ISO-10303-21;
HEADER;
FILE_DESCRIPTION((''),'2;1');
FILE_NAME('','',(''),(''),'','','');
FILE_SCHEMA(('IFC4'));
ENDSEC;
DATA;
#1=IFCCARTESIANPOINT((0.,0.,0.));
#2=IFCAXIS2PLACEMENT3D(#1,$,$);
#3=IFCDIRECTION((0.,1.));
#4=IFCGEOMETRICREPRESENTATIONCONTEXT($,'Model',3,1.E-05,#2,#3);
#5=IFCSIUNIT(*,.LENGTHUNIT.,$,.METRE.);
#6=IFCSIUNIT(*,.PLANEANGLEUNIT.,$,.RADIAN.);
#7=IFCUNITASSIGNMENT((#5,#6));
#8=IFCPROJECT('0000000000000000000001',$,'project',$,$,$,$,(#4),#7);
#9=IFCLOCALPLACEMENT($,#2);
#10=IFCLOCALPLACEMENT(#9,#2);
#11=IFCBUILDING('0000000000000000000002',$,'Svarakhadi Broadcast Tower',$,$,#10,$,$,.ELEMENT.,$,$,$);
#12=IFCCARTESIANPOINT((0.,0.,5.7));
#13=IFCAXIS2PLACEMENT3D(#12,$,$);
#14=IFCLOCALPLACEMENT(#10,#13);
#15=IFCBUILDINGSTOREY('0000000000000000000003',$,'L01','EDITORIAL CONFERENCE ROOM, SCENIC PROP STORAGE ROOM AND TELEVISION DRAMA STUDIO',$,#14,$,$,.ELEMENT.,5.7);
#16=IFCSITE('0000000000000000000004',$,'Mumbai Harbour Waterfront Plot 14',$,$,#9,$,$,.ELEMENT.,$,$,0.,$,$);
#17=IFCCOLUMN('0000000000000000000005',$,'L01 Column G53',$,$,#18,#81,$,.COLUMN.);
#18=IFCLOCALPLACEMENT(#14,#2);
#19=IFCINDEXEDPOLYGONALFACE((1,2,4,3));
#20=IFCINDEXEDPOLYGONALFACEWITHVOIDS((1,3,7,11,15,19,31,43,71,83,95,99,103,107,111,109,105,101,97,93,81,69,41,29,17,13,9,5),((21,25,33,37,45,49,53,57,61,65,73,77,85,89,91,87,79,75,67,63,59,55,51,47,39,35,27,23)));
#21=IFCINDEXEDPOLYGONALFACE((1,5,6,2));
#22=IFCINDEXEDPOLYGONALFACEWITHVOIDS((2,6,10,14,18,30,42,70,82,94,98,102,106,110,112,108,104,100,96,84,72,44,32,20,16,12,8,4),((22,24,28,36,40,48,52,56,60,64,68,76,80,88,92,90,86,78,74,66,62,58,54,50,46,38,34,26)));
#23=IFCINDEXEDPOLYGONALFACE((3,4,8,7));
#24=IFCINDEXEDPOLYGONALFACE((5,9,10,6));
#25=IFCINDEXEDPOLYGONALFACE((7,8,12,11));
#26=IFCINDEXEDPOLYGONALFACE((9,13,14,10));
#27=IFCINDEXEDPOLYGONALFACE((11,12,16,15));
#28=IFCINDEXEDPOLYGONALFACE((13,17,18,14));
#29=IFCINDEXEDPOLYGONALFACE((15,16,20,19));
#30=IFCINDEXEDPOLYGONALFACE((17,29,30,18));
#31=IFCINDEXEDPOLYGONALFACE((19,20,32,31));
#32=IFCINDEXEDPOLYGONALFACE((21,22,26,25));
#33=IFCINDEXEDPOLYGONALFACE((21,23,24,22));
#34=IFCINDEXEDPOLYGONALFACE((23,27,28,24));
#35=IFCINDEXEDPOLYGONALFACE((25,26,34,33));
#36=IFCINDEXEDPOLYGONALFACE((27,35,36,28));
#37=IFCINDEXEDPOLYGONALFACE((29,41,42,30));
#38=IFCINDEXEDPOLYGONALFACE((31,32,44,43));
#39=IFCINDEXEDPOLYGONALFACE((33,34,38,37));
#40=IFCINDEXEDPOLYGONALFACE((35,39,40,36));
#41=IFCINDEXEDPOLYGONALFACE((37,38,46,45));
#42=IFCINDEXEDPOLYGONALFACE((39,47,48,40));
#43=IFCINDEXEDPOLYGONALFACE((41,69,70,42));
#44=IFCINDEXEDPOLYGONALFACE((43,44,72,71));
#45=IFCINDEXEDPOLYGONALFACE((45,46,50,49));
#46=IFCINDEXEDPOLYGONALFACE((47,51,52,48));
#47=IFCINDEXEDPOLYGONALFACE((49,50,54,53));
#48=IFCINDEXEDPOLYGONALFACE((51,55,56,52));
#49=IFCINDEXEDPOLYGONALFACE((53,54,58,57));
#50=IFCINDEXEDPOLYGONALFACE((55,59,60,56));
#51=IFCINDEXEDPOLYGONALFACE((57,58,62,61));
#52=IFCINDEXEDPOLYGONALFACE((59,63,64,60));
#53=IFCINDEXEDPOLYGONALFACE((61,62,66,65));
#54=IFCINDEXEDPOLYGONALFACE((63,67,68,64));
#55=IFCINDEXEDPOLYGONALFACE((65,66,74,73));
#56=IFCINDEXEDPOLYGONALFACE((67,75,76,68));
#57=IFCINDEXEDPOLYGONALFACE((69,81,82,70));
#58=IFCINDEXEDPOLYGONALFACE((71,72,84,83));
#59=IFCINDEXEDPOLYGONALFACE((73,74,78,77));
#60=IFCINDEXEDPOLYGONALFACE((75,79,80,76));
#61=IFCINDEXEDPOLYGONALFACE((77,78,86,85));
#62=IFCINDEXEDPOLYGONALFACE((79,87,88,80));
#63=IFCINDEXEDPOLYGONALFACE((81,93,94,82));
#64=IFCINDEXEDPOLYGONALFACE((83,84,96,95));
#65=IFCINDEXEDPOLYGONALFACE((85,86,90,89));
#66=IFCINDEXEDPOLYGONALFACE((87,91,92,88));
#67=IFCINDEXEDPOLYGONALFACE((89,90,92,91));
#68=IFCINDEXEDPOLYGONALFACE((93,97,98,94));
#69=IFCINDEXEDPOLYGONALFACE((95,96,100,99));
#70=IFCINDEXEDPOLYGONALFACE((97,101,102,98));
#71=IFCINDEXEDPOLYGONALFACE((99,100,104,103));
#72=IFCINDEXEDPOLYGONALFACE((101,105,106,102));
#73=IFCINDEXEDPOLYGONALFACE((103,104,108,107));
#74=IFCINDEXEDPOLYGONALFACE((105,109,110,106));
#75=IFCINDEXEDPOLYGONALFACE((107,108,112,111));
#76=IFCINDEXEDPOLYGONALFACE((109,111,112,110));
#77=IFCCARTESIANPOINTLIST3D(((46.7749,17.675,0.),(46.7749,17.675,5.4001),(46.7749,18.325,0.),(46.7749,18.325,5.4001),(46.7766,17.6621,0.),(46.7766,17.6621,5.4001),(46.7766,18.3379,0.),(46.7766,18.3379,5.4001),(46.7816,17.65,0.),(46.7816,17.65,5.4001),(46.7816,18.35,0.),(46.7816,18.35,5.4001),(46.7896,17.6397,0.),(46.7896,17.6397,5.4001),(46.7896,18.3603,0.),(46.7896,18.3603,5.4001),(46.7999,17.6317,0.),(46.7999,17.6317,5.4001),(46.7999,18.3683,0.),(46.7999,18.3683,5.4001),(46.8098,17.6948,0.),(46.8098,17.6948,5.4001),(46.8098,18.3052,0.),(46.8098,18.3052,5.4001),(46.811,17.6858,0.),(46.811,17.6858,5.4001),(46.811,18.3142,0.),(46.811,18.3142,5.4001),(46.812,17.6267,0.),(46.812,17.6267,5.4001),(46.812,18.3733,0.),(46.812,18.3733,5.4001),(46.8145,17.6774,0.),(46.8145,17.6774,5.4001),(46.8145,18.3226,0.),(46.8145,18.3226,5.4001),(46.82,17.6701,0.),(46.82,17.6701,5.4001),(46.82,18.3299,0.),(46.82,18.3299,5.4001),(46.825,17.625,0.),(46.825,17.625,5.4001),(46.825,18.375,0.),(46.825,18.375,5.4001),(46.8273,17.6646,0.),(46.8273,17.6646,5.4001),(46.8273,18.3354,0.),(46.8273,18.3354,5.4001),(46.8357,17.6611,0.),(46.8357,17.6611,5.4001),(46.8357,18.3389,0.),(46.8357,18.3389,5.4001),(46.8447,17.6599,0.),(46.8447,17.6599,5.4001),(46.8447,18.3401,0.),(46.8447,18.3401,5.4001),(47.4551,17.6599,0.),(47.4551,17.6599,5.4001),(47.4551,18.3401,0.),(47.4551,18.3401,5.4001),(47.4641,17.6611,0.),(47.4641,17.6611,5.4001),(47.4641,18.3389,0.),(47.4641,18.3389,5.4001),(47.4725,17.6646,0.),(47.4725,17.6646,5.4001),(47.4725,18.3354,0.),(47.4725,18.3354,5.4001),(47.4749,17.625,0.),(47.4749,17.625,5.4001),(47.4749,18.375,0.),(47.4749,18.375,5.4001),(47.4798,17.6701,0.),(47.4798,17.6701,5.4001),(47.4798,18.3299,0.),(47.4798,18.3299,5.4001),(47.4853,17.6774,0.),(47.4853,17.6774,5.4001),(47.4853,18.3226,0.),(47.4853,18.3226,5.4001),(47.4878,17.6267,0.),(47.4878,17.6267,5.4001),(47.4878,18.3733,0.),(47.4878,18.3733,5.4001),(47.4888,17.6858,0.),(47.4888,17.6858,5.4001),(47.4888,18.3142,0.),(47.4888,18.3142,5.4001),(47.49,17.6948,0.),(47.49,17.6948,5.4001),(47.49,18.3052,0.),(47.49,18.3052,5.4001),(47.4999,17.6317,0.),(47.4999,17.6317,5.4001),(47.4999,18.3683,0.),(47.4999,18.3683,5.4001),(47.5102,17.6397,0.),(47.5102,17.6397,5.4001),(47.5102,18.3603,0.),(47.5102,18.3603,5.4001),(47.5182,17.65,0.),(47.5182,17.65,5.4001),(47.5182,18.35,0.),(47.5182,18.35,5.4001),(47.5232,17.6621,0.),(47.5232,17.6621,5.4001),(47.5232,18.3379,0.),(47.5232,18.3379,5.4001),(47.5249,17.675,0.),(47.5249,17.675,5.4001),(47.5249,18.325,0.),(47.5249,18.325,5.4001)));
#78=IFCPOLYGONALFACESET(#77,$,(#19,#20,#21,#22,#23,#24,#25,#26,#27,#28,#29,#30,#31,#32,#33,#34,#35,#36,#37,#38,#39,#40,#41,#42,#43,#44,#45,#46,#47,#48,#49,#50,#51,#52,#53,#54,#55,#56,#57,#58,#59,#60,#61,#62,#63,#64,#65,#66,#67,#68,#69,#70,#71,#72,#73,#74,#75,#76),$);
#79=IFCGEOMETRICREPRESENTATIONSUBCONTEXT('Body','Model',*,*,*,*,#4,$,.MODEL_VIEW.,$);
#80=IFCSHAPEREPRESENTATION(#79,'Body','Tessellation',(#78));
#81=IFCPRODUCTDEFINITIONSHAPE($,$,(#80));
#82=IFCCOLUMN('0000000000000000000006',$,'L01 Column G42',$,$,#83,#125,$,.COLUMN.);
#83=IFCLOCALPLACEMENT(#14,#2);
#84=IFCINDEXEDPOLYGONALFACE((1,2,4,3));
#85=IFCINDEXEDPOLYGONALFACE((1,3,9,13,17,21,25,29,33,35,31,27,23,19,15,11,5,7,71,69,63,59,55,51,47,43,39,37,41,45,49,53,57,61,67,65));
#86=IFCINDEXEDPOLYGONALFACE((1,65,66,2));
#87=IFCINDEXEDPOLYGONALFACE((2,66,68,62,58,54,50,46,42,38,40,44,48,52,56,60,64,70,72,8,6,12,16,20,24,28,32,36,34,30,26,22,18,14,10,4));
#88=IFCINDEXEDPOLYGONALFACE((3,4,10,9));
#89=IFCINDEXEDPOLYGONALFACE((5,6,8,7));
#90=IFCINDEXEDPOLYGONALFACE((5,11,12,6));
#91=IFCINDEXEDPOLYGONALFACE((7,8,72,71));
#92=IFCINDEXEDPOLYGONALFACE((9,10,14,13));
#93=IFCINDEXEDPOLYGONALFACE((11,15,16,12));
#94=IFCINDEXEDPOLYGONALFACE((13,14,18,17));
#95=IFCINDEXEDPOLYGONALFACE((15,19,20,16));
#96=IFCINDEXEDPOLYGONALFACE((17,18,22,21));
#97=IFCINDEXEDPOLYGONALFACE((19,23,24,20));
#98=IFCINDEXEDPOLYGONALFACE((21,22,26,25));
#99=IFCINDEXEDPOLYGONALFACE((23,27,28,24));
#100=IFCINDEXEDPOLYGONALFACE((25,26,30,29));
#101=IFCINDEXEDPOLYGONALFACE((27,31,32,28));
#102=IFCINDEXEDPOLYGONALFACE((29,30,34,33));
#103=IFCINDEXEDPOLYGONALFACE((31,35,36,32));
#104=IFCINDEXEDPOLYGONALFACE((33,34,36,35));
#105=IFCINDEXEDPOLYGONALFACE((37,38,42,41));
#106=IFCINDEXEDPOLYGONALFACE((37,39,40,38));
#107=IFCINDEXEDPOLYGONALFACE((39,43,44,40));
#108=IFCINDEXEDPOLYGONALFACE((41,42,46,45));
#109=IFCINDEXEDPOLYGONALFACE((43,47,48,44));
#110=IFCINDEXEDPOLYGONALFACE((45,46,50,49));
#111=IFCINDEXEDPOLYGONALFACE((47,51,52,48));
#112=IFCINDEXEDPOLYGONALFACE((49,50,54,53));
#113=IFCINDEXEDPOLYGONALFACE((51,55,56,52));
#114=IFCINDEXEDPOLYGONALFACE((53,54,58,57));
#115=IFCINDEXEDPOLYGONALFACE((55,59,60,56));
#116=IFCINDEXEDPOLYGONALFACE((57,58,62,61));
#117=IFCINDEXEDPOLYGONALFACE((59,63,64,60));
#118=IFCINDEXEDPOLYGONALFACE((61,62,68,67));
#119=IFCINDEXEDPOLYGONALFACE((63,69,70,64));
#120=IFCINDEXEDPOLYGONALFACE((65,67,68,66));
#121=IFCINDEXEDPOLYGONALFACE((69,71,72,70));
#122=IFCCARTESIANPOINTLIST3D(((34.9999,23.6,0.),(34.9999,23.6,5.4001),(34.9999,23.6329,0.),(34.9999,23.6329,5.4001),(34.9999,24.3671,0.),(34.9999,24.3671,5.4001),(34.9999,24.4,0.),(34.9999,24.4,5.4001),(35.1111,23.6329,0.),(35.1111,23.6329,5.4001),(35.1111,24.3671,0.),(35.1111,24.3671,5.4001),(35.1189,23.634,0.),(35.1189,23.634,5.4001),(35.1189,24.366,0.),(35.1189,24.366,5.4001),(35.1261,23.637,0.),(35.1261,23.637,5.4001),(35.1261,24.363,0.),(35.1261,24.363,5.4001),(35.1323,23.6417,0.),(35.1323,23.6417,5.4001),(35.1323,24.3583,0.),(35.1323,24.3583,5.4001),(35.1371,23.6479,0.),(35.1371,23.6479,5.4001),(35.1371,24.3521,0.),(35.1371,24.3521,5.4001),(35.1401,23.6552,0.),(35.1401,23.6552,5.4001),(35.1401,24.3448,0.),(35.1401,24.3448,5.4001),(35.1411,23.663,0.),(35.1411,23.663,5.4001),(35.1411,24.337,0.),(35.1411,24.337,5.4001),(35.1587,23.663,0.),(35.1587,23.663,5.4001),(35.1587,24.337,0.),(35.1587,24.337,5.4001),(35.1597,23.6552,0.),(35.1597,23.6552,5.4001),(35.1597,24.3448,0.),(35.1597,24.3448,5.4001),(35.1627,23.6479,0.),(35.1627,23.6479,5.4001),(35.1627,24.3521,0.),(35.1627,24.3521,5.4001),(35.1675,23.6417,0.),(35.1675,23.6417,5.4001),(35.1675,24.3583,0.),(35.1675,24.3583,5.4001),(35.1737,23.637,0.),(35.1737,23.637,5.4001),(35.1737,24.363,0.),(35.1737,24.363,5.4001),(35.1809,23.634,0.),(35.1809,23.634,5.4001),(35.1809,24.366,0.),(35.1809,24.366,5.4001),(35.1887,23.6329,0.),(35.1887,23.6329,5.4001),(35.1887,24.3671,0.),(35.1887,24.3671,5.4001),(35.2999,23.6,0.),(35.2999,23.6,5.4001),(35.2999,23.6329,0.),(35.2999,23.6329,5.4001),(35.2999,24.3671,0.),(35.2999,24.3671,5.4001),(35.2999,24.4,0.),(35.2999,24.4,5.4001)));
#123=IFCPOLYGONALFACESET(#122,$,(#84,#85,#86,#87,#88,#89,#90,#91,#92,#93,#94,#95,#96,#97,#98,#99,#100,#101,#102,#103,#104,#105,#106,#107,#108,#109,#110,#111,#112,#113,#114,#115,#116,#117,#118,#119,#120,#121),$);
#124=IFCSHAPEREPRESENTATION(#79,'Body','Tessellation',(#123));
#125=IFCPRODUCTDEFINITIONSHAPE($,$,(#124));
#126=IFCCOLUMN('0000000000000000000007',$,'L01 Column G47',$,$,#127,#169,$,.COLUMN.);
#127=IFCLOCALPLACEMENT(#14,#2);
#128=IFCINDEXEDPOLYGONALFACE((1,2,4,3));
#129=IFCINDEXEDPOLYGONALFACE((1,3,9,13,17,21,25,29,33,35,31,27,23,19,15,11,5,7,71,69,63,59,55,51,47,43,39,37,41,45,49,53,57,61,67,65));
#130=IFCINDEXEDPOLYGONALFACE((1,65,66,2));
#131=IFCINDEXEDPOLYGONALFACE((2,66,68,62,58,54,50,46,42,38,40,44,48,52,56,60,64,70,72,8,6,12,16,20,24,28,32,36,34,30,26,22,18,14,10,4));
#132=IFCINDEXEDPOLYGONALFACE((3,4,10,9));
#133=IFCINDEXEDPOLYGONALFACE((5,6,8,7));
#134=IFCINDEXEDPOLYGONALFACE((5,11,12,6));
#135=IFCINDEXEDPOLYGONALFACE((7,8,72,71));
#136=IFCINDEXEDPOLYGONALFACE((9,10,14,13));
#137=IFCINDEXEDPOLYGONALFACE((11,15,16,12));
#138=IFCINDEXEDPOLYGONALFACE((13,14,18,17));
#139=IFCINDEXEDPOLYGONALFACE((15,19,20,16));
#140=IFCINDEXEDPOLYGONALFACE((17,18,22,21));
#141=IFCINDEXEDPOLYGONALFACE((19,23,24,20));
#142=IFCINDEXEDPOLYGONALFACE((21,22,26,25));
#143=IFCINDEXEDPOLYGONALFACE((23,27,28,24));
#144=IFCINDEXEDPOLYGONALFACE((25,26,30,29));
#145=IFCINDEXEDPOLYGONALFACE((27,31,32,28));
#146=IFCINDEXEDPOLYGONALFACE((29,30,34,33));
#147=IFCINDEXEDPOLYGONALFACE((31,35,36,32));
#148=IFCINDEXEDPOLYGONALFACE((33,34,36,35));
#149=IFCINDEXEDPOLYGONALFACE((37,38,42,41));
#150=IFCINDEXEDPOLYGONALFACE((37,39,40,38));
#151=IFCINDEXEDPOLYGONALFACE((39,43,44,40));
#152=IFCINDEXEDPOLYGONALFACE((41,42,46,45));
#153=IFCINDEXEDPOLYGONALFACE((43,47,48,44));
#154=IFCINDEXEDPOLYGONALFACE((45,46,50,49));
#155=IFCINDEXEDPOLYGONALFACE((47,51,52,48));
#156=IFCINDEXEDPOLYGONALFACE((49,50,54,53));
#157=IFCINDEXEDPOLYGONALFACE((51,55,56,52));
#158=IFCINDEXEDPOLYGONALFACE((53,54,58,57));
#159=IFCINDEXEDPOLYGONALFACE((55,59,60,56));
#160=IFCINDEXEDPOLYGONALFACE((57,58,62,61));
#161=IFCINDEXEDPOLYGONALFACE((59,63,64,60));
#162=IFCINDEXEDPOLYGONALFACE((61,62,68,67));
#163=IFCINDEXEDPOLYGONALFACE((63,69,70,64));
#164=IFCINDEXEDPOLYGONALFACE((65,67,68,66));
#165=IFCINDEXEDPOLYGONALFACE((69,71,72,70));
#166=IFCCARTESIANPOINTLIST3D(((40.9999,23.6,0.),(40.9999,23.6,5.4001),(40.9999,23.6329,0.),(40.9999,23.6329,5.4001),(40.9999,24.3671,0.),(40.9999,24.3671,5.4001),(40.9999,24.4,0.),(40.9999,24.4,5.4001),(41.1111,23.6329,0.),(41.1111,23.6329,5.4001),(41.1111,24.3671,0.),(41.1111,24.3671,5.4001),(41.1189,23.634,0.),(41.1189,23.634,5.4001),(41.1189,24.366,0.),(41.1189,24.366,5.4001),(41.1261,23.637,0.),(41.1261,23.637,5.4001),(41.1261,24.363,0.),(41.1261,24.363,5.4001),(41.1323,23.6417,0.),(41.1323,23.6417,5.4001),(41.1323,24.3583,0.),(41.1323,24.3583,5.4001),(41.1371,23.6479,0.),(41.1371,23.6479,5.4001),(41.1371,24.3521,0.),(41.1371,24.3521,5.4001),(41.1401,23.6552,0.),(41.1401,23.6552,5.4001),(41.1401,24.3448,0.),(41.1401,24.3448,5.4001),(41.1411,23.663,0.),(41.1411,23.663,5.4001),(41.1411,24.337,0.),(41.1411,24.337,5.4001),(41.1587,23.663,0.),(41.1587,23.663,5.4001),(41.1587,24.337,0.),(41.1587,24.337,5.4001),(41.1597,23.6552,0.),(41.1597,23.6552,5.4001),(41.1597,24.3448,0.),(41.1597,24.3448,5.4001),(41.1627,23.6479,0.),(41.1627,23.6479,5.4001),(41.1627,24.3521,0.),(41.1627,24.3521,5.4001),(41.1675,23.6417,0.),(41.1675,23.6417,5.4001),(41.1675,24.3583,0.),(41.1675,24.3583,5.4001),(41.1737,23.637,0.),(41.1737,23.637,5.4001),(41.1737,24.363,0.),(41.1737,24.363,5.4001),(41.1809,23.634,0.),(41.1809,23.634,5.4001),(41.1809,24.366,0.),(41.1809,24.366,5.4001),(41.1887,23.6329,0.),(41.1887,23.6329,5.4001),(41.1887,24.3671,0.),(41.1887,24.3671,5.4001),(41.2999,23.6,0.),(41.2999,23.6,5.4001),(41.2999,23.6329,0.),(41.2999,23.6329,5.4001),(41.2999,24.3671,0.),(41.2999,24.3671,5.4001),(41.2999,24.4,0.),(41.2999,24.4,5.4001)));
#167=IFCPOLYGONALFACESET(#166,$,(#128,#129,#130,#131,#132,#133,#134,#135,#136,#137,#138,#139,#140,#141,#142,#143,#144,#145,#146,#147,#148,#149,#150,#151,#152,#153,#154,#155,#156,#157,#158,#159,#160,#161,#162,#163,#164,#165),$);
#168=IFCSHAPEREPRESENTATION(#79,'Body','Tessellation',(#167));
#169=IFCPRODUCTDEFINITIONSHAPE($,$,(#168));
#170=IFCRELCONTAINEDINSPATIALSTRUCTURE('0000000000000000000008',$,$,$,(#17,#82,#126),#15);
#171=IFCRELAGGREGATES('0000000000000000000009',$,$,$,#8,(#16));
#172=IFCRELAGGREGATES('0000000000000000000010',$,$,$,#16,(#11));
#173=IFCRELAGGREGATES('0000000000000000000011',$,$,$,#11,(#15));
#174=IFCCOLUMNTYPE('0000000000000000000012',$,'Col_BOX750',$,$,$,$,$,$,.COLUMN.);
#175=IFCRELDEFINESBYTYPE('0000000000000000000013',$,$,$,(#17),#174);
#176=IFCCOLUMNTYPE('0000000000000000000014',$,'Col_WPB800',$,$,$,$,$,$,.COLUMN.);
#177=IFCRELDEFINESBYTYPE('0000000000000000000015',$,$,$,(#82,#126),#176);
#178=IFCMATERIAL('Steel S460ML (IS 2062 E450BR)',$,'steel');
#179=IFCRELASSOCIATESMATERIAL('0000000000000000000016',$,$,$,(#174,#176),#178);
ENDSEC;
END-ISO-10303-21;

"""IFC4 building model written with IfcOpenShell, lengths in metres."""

from ifc_helpers import new_model, si_unit, direction, frame, origin, origin_2d, place, context, subcontext, project, spatial, hollow_rectangle, i_section, extrude, material, material_profile, profile_set, type_object, element, save


model = new_model("IFC4")

# Units and contexts
model_context = context("Model", 3, precision=1e-05, world=origin(), true_north=direction((0.0, 1.0)))
body_context = subcontext(model_context, "Body", "Model", "MODEL_VIEW")
ifc_project = project(units=[si_unit("LENGTHUNIT", "METRE"), si_unit("PLANEANGLEUNIT", "RADIAN")], contexts=[model_context])

# Site, building, storey
site_placement = place(None, origin())
site = spatial("IfcSite", under=ifc_project, at=site_placement, Name="Mumbai Harbour Waterfront Plot 14", CompositionType="ELEMENT", RefElevation=0.0)
building_placement = place(site_placement, origin())
building = spatial("IfcBuilding", under=site, at=building_placement, Name="Svarakhadi Broadcast Tower", CompositionType="ELEMENT")
storey_placement = place(building_placement, frame((0.0, 0.0, 5.7)))
storey = spatial("IfcBuildingStorey", under=building, at=storey_placement, Name="L01", Description="EDITORIAL CONFERENCE ROOM, SCENIC PROP STORAGE ROOM AND TELEVISION DRAMA STUDIO", CompositionType="ELEMENT", Elevation=5.7)

# Columns
ifc_material_1 = material(Name="Steel S460ML (IS 2062 E450BR)", Category="steel")
ifc_material_profile_1 = material_profile(ifc_material_1, hollow_rectangle(XDim=0.75, YDim=0.75, WallThickness=0.0349, InnerFilletRadius=0.0349, OuterFilletRadius=0.05, at=origin_2d()), Name="BOX 750x750x35")
ifc_profile_set_1 = profile_set([ifc_material_profile_1], Name="Steel S460ML (IS 2062 E450BR)")
column_type_1 = type_object("IfcColumnType", Name="Col_BOX750", PredefinedType="COLUMN", material=ifc_profile_set_1)
column_placement = place(storey_placement, frame((47.1499, 18.0, 0.0), z_axis=(0.0, 0.0, 1.0), x_axis=(1.0, 0.0, 0.0)))
element("IfcColumn", 1, at=column_placement, inside=storey, type_object=column_type_1, Name="L01 Column G53", PredefinedType="COLUMN", context=body_context, shape_type="SweptSolid", body=[
    extrude(hollow_rectangle(XDim=0.75, YDim=0.75, WallThickness=0.0349, InnerFilletRadius=0.0349, OuterFilletRadius=0.05, at=origin_2d()), origin(), (0.0, 0.0, 1.0), 5.4001),
])
ifc_material_profile_2 = material_profile(ifc_material_1, i_section(OverallWidth=0.3, OverallDepth=0.8, WebThickness=0.0176, FlangeThickness=0.033, FilletRadius=0.03, at=origin_2d()), Name="WPB 800x300x262")
ifc_profile_set_2 = profile_set([ifc_material_profile_2], Name="Steel S460ML (IS 2062 E450BR)")
column_type_2 = type_object("IfcColumnType", Name="Col_WPB800", PredefinedType="COLUMN", material=ifc_profile_set_2)
for number, where, z_axis, x_axis, name in (
    (2, (35.1499, 24.0, 0.0), (0.0, 0.0, 1.0), (1.0, 0.0, 0.0), "L01 Column G42"),
    (3, (41.1499, 24.0, 0.0), (0.0, 0.0, 1.0), (1.0, 0.0, 0.0), "L01 Column G47"),
):
    element("IfcColumn", number, at=place(storey_placement, frame(where, z_axis=z_axis, x_axis=x_axis)), inside=storey, type_object=column_type_2, Name=name, PredefinedType="COLUMN", context=body_context, shape_type="SweptSolid", body=[
        extrude(i_section(OverallWidth=0.3, OverallDepth=0.8, WebThickness=0.0176, FlangeThickness=0.033, FilletRadius=0.03, at=origin_2d()), origin(), (0.0, 0.0, 1.0), 5.4001),
    ])

save(model, "model.ifc")
